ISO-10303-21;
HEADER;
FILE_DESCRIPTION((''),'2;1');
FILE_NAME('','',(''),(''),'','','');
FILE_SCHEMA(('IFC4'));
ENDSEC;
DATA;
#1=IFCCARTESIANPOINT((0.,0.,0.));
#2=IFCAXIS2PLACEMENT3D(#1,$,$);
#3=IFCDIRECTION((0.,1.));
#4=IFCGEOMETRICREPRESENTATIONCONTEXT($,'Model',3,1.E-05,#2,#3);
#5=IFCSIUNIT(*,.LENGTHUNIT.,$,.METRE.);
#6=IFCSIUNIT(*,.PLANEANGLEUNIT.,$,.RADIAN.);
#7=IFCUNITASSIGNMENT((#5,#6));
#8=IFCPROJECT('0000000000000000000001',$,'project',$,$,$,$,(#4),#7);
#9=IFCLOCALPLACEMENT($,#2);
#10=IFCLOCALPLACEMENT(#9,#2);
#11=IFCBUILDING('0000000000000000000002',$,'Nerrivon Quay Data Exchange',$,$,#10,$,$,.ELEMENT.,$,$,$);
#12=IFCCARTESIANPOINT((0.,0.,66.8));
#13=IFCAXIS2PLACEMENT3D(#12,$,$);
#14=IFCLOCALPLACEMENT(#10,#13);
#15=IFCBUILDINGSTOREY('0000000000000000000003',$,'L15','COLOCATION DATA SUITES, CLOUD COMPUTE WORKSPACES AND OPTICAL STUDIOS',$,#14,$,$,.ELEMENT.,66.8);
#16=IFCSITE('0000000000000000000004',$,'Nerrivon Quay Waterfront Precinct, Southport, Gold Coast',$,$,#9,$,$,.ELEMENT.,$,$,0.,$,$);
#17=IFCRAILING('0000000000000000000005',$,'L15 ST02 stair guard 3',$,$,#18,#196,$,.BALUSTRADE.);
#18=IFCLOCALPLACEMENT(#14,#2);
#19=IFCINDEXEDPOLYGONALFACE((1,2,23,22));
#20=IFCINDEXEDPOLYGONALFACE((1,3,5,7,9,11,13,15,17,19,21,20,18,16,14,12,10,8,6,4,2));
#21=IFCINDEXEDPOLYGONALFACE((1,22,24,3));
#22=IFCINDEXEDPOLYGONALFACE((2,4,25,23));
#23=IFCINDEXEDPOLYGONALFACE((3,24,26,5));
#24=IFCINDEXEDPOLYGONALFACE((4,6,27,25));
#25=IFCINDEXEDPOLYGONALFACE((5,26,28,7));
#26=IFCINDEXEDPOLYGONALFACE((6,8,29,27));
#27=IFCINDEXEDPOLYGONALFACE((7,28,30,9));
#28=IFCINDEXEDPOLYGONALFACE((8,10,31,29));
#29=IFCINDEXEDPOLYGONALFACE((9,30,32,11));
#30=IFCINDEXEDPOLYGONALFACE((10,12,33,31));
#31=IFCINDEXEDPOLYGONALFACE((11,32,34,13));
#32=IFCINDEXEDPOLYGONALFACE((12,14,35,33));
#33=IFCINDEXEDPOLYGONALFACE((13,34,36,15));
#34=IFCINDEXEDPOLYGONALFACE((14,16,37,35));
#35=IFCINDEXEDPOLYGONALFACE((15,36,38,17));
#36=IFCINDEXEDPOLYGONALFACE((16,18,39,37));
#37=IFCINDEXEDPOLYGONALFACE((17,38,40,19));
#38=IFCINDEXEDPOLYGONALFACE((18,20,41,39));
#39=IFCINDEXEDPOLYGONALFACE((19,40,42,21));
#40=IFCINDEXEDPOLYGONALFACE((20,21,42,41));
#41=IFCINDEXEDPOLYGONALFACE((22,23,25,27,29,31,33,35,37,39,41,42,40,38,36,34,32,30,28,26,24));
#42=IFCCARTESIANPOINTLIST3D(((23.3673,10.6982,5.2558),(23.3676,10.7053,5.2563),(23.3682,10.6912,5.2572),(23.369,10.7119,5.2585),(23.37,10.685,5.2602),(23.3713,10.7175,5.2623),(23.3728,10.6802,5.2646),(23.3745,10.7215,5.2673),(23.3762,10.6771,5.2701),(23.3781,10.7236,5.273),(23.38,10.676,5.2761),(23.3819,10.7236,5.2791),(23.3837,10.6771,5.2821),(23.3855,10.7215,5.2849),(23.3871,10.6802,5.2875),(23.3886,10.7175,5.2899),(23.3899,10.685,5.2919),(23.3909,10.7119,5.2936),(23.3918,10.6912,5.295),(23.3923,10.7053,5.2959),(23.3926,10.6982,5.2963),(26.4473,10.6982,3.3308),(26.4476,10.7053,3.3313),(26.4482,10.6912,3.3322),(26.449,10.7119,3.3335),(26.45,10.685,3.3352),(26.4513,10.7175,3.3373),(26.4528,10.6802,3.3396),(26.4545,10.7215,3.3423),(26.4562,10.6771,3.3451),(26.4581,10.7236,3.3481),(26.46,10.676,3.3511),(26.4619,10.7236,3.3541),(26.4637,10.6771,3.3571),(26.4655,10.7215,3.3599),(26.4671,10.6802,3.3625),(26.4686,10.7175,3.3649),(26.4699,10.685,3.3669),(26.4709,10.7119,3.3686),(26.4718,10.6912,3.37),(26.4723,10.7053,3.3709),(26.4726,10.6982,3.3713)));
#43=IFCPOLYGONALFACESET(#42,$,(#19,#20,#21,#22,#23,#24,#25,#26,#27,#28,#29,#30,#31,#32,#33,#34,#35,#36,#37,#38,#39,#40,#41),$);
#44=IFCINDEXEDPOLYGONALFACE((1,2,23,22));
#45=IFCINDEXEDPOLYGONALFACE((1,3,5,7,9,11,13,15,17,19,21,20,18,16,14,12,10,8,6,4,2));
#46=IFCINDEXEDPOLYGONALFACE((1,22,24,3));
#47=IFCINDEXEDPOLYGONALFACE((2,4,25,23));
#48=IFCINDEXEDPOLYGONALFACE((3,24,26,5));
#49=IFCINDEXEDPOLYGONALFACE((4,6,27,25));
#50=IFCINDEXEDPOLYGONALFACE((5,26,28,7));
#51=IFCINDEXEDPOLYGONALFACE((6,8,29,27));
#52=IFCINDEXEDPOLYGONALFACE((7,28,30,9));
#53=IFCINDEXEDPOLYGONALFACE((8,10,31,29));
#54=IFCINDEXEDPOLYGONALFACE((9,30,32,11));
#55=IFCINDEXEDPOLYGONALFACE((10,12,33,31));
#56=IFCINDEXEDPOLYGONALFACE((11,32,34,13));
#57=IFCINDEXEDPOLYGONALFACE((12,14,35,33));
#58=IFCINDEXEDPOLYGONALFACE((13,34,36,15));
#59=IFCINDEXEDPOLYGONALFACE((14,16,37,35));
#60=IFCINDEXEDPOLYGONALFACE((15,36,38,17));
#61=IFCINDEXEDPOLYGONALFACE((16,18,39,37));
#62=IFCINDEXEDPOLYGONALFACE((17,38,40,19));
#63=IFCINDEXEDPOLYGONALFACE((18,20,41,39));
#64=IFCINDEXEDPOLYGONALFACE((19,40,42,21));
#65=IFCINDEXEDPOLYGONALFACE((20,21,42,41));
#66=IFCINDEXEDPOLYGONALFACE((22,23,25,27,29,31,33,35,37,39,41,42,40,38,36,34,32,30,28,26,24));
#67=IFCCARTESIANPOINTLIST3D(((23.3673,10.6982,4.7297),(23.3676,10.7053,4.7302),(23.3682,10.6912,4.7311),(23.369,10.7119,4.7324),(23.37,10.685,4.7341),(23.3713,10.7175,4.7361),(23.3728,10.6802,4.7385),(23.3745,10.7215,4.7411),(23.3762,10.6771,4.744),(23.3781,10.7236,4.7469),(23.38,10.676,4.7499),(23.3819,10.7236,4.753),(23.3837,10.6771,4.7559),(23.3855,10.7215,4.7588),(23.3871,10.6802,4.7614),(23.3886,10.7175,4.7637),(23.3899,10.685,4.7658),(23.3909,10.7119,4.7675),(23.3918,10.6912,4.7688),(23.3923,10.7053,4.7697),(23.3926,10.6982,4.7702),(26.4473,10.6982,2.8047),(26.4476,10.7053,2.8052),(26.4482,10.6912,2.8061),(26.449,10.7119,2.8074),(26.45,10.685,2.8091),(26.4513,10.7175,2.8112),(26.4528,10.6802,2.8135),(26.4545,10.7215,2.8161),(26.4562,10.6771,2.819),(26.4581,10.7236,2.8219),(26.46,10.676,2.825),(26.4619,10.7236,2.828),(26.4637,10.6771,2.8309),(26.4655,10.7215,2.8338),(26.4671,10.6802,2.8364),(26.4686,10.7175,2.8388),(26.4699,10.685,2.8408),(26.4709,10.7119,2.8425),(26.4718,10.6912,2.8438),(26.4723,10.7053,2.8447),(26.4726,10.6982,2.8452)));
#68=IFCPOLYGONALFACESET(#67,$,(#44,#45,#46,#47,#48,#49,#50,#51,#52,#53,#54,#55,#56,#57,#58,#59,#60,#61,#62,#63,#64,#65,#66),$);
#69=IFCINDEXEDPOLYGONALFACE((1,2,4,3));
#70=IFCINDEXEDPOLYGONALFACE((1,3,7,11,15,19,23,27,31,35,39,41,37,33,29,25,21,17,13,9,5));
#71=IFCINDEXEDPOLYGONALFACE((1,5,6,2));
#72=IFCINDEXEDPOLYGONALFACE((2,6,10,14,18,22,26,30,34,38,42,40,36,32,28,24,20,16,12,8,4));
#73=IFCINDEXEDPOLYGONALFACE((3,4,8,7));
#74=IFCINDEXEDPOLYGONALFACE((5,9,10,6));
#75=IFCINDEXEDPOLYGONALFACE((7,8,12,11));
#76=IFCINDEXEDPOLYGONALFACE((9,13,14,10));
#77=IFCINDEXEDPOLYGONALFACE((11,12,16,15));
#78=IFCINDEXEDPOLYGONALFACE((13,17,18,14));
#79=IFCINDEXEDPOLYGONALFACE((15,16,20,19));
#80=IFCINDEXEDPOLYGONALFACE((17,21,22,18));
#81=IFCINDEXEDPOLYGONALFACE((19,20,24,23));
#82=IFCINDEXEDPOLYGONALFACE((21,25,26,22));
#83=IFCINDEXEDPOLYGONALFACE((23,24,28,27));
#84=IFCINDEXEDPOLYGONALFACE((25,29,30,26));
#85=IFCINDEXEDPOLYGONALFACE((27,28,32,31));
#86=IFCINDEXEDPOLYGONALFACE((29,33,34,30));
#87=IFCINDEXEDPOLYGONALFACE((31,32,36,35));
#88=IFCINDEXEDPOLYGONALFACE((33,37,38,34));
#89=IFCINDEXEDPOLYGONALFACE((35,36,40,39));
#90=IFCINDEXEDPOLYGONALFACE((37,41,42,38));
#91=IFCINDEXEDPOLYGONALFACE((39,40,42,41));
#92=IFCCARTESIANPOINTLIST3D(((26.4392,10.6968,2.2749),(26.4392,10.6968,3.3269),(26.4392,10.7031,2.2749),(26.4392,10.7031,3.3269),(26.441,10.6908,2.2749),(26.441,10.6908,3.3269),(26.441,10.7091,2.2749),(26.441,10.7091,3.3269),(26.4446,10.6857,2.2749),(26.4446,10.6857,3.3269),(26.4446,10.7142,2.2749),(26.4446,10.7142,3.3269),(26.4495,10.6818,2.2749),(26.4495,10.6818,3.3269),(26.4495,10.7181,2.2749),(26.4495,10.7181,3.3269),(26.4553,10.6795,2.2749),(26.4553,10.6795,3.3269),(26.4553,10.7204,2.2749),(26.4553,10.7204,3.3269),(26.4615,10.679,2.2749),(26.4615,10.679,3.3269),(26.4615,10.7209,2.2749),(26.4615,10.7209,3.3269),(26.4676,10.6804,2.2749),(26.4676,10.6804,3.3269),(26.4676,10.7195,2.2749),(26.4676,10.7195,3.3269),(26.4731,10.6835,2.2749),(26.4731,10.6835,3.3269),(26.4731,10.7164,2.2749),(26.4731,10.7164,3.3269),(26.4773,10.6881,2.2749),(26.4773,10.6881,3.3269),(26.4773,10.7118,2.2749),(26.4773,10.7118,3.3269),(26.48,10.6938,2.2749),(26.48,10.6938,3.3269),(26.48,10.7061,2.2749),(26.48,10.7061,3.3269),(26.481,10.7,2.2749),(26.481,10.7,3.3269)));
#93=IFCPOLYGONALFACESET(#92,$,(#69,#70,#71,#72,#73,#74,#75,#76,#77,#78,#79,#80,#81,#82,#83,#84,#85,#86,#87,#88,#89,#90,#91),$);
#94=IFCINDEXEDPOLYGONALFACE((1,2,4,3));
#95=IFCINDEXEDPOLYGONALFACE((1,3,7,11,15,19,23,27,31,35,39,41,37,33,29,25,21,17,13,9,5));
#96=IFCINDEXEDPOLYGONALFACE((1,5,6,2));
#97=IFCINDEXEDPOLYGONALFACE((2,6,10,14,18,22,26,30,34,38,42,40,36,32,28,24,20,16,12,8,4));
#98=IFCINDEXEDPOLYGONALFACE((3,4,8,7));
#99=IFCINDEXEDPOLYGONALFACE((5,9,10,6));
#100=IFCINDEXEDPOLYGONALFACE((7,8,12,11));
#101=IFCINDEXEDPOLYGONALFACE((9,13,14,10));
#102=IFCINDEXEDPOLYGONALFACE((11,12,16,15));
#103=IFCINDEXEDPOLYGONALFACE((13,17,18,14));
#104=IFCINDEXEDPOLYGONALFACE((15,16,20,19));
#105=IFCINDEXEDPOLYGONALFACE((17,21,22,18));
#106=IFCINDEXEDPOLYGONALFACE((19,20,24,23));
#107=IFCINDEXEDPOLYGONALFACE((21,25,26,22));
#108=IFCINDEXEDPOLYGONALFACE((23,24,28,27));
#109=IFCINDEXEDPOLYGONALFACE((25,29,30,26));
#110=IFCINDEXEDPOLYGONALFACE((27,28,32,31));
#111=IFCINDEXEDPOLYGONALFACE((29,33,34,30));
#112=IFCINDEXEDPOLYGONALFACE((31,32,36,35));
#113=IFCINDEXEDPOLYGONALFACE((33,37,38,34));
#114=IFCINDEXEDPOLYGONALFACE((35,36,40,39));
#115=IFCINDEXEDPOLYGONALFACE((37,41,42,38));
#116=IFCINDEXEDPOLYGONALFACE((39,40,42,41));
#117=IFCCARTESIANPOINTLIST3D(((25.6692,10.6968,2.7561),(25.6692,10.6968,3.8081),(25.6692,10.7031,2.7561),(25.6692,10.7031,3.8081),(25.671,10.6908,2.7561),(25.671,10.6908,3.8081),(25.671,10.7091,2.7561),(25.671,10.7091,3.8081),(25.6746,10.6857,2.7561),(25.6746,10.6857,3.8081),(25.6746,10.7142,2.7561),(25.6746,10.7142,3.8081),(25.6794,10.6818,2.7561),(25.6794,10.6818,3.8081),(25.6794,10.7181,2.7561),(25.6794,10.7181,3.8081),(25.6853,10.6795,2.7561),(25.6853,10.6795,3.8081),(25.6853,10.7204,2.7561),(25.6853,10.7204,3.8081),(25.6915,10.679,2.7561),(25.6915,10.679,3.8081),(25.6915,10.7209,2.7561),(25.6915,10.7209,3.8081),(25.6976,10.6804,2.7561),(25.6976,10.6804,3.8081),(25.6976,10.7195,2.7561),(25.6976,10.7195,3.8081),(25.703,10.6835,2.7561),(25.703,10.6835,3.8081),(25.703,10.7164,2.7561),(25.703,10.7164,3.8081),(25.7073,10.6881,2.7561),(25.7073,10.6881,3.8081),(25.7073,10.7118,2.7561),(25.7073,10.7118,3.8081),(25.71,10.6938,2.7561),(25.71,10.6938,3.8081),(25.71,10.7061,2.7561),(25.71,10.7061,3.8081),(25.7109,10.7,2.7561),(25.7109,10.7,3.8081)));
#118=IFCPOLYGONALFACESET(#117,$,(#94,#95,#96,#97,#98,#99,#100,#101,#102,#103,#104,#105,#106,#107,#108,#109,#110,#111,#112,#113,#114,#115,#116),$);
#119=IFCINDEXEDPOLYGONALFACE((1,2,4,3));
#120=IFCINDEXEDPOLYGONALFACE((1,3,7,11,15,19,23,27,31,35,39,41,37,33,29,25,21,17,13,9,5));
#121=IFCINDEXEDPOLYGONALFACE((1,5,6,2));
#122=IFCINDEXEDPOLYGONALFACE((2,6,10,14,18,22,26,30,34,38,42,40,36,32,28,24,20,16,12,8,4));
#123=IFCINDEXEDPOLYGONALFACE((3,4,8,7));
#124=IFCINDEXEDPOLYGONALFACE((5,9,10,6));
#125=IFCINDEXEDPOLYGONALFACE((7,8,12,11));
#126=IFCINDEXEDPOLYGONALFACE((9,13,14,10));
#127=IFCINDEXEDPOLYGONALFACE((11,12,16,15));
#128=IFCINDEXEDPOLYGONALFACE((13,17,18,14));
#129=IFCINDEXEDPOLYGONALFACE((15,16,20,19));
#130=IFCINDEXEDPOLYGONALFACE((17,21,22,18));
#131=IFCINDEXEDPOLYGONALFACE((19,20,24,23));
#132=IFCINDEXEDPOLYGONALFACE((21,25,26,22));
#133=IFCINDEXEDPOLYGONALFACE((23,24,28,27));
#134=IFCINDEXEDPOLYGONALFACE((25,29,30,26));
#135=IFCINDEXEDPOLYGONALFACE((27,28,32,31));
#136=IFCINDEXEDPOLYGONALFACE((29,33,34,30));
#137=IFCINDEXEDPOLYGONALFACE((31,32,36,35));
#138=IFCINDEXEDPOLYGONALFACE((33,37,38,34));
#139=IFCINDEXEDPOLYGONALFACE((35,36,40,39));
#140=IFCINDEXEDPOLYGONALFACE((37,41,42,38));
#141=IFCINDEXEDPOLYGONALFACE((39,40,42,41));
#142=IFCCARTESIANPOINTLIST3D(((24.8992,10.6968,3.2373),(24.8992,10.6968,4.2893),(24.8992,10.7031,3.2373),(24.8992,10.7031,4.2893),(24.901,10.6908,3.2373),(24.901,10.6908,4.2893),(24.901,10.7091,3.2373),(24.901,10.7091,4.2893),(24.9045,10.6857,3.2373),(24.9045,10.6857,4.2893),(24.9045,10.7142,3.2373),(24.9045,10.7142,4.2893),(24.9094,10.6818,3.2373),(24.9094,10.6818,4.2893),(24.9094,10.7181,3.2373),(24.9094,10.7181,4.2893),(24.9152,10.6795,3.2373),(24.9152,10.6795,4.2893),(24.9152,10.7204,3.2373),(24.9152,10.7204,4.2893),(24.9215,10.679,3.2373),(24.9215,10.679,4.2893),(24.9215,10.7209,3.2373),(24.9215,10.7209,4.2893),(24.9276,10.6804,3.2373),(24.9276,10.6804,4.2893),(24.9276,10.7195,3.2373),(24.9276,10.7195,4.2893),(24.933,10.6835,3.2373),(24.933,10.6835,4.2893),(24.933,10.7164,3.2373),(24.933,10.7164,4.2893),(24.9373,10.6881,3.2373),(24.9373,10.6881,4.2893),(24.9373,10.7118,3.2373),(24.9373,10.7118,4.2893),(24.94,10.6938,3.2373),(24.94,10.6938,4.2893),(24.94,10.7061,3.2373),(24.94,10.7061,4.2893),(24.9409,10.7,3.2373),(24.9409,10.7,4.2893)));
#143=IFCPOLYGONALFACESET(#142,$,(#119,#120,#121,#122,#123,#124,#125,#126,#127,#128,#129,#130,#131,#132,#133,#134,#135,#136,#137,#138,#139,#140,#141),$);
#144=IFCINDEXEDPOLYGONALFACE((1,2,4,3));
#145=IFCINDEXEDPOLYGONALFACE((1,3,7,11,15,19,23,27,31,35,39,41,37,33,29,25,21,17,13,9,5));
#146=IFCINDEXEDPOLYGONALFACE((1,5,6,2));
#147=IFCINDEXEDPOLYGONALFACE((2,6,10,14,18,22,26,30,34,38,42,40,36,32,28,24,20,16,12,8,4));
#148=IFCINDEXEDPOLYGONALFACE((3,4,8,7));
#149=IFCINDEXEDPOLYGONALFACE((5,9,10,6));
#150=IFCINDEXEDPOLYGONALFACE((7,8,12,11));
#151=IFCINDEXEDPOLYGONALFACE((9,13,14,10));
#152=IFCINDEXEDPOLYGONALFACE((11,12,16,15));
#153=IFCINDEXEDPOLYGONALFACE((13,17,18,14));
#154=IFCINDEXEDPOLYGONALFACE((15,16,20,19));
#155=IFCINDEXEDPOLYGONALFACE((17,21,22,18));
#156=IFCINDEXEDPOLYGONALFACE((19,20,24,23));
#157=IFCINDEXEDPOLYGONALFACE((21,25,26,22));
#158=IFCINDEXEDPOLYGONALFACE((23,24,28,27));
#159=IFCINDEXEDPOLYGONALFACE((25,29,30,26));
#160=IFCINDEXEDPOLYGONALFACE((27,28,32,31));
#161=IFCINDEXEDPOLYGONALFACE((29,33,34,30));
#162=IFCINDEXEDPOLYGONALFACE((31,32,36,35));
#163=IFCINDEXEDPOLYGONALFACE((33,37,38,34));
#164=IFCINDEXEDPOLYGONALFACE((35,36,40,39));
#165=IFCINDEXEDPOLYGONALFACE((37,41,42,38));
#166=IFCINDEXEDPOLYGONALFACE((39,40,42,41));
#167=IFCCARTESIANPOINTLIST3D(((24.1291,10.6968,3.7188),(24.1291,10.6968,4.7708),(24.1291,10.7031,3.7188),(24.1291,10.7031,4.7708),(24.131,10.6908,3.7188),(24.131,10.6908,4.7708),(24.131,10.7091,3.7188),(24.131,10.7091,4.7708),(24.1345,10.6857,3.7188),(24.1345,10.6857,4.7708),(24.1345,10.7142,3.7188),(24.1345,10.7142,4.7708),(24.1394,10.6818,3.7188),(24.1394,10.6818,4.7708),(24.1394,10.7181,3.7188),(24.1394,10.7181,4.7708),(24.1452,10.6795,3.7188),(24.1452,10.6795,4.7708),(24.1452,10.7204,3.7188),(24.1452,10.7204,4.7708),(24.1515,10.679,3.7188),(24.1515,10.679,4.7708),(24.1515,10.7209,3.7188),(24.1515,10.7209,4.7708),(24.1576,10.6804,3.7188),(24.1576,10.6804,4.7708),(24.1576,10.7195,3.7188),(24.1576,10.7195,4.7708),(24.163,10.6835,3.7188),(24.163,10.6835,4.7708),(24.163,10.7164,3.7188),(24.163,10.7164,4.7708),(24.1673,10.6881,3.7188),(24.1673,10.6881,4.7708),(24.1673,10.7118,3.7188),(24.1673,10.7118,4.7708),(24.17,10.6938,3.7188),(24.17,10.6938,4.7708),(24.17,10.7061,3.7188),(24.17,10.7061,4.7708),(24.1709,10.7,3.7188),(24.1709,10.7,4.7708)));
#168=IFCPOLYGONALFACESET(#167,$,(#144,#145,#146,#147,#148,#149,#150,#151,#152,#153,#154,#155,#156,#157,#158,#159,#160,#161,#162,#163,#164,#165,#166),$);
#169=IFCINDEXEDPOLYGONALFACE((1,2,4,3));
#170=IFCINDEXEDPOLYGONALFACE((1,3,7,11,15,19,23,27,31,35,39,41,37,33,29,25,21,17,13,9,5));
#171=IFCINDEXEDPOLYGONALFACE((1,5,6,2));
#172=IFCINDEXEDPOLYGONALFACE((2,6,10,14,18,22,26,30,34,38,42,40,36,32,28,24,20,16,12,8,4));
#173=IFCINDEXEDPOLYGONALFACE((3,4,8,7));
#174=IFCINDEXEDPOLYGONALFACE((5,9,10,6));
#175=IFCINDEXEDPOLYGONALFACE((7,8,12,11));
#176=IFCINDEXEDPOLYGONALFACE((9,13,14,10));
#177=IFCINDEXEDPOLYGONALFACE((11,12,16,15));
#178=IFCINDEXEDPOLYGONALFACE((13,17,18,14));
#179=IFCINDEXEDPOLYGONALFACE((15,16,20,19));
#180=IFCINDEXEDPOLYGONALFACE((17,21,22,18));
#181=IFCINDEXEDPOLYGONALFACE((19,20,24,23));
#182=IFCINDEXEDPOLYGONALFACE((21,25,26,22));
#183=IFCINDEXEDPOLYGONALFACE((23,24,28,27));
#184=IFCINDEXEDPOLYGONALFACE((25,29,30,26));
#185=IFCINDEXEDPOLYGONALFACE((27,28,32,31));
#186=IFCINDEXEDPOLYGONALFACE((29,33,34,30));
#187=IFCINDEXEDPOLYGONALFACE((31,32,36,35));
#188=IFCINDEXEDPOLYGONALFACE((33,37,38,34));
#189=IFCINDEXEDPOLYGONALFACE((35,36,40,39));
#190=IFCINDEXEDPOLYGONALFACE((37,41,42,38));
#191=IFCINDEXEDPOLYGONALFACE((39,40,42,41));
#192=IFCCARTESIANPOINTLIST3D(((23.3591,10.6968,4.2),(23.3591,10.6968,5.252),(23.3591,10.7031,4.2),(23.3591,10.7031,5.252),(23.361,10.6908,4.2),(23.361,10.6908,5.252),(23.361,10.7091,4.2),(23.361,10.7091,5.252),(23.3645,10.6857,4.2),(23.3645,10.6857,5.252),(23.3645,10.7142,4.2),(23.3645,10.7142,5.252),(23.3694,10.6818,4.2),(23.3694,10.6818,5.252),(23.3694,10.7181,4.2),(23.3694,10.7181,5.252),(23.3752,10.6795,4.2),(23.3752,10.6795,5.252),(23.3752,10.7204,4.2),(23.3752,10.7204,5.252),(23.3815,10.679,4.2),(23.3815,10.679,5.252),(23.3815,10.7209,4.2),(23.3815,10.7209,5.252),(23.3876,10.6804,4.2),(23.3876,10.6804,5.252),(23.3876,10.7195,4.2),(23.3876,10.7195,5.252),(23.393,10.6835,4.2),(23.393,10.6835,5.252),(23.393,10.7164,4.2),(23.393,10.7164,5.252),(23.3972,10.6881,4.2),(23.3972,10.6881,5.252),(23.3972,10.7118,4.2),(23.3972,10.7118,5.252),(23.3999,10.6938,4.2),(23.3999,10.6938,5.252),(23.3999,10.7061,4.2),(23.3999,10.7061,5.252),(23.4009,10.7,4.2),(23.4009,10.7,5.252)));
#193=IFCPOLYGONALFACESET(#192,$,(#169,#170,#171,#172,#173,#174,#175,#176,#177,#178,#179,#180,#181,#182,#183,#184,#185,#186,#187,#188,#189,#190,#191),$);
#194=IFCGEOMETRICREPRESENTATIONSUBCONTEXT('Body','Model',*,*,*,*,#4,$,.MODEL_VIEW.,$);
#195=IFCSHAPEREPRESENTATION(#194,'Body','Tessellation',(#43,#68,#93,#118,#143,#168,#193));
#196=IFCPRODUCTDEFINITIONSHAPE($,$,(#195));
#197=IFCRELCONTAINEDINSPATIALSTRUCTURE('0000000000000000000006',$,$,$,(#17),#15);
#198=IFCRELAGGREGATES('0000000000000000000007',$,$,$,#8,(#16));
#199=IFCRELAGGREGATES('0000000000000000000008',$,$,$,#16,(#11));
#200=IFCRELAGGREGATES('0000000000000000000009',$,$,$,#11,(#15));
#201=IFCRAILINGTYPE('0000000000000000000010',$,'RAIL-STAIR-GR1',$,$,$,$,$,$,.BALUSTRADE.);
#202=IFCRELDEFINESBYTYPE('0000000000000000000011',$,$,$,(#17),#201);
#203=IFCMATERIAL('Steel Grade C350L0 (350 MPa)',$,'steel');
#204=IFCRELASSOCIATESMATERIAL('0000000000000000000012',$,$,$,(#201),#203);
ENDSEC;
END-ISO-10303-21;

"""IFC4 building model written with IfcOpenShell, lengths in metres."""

from ifc_helpers import new_model, si_unit, direction, frame, origin, origin_2d, place, context, subcontext, project, spatial, circle, extrude, material, type_object, element, save


model = new_model("IFC4")

# Units and contexts
model_context = context("Model", 3, precision=1e-05, world=origin(), true_north=direction((0.0, 1.0)))
body_context = subcontext(model_context, "Body", "Model", "MODEL_VIEW")
ifc_project = project(units=[si_unit("LENGTHUNIT", "METRE"), si_unit("PLANEANGLEUNIT", "RADIAN")], contexts=[model_context])

# Site, building, storey
site_placement = place(None, origin())
site = spatial("IfcSite", under=ifc_project, at=site_placement, Name="Nerrivon Quay Waterfront Precinct, Southport, Gold Coast", CompositionType="ELEMENT", RefElevation=0.0)
building_placement = place(site_placement, origin())
building = spatial("IfcBuilding", under=site, at=building_placement, Name="Nerrivon Quay Data Exchange", CompositionType="ELEMENT")
storey_placement = place(building_placement, frame((0.0, 0.0, 66.8)))
storey = spatial("IfcBuildingStorey", under=building, at=storey_placement, Name="L15", Description="COLOCATION DATA SUITES, CLOUD COMPUTE WORKSPACES AND OPTICAL STUDIOS", CompositionType="ELEMENT", Elevation=66.8)

# Railing
ifc_material_1 = material(Name="Steel Grade C350L0 (350 MPa)", Category="steel")
railing_type_1 = type_object("IfcRailingType", Name="RAIL-STAIR-GR1", PredefinedType="BALUSTRADE", material=ifc_material_1)
railing_1_placement = place(storey_placement, frame((26.46, 10.7, 2.2749)))
element("IfcRailing", 1, at=railing_1_placement, inside=storey, type_object=railing_type_1, Name="L15 ST02 stair guard 3", PredefinedType="BALUSTRADE", context=body_context, shape_type="SweptSolid", body=[
    extrude(circle(Radius=0.0239, at=origin_2d()), frame((0.0, 0.0, 1.0762), z_axis=(-0.847998, 0.0, 0.529999), x_axis=(0.0, -1.0, 0.0)), (0.0, 0.0, 1.0), 3.6321),
    extrude(circle(Radius=0.0239, at=origin_2d()), frame((0.0, 0.0, 0.55), z_axis=(-0.847998, 0.0, 0.529999), x_axis=(0.0, -1.0, 0.0)), (0.0, 0.0, 1.0), 3.6321),
    extrude(circle(Radius=0.021, at=origin_2d()), origin(), (0.0, 0.0, 1.0), 1.052),
    extrude(circle(Radius=0.021, at=origin_2d()), frame((-0.77, 0.0, 0.4812)), (0.0, 0.0, 1.0), 1.052),
    extrude(circle(Radius=0.021, at=origin_2d()), frame((-1.54, 0.0, 0.9624)), (0.0, 0.0, 1.0), 1.052),
    extrude(circle(Radius=0.021, at=origin_2d()), frame((-2.3101, 0.0, 1.4438)), (0.0, 0.0, 1.0), 1.052),
    extrude(circle(Radius=0.021, at=origin_2d()), frame((-3.0801, 0.0, 1.925)), (0.0, 0.0, 1.0), 1.052),
])

save(model, "model.ifc")
